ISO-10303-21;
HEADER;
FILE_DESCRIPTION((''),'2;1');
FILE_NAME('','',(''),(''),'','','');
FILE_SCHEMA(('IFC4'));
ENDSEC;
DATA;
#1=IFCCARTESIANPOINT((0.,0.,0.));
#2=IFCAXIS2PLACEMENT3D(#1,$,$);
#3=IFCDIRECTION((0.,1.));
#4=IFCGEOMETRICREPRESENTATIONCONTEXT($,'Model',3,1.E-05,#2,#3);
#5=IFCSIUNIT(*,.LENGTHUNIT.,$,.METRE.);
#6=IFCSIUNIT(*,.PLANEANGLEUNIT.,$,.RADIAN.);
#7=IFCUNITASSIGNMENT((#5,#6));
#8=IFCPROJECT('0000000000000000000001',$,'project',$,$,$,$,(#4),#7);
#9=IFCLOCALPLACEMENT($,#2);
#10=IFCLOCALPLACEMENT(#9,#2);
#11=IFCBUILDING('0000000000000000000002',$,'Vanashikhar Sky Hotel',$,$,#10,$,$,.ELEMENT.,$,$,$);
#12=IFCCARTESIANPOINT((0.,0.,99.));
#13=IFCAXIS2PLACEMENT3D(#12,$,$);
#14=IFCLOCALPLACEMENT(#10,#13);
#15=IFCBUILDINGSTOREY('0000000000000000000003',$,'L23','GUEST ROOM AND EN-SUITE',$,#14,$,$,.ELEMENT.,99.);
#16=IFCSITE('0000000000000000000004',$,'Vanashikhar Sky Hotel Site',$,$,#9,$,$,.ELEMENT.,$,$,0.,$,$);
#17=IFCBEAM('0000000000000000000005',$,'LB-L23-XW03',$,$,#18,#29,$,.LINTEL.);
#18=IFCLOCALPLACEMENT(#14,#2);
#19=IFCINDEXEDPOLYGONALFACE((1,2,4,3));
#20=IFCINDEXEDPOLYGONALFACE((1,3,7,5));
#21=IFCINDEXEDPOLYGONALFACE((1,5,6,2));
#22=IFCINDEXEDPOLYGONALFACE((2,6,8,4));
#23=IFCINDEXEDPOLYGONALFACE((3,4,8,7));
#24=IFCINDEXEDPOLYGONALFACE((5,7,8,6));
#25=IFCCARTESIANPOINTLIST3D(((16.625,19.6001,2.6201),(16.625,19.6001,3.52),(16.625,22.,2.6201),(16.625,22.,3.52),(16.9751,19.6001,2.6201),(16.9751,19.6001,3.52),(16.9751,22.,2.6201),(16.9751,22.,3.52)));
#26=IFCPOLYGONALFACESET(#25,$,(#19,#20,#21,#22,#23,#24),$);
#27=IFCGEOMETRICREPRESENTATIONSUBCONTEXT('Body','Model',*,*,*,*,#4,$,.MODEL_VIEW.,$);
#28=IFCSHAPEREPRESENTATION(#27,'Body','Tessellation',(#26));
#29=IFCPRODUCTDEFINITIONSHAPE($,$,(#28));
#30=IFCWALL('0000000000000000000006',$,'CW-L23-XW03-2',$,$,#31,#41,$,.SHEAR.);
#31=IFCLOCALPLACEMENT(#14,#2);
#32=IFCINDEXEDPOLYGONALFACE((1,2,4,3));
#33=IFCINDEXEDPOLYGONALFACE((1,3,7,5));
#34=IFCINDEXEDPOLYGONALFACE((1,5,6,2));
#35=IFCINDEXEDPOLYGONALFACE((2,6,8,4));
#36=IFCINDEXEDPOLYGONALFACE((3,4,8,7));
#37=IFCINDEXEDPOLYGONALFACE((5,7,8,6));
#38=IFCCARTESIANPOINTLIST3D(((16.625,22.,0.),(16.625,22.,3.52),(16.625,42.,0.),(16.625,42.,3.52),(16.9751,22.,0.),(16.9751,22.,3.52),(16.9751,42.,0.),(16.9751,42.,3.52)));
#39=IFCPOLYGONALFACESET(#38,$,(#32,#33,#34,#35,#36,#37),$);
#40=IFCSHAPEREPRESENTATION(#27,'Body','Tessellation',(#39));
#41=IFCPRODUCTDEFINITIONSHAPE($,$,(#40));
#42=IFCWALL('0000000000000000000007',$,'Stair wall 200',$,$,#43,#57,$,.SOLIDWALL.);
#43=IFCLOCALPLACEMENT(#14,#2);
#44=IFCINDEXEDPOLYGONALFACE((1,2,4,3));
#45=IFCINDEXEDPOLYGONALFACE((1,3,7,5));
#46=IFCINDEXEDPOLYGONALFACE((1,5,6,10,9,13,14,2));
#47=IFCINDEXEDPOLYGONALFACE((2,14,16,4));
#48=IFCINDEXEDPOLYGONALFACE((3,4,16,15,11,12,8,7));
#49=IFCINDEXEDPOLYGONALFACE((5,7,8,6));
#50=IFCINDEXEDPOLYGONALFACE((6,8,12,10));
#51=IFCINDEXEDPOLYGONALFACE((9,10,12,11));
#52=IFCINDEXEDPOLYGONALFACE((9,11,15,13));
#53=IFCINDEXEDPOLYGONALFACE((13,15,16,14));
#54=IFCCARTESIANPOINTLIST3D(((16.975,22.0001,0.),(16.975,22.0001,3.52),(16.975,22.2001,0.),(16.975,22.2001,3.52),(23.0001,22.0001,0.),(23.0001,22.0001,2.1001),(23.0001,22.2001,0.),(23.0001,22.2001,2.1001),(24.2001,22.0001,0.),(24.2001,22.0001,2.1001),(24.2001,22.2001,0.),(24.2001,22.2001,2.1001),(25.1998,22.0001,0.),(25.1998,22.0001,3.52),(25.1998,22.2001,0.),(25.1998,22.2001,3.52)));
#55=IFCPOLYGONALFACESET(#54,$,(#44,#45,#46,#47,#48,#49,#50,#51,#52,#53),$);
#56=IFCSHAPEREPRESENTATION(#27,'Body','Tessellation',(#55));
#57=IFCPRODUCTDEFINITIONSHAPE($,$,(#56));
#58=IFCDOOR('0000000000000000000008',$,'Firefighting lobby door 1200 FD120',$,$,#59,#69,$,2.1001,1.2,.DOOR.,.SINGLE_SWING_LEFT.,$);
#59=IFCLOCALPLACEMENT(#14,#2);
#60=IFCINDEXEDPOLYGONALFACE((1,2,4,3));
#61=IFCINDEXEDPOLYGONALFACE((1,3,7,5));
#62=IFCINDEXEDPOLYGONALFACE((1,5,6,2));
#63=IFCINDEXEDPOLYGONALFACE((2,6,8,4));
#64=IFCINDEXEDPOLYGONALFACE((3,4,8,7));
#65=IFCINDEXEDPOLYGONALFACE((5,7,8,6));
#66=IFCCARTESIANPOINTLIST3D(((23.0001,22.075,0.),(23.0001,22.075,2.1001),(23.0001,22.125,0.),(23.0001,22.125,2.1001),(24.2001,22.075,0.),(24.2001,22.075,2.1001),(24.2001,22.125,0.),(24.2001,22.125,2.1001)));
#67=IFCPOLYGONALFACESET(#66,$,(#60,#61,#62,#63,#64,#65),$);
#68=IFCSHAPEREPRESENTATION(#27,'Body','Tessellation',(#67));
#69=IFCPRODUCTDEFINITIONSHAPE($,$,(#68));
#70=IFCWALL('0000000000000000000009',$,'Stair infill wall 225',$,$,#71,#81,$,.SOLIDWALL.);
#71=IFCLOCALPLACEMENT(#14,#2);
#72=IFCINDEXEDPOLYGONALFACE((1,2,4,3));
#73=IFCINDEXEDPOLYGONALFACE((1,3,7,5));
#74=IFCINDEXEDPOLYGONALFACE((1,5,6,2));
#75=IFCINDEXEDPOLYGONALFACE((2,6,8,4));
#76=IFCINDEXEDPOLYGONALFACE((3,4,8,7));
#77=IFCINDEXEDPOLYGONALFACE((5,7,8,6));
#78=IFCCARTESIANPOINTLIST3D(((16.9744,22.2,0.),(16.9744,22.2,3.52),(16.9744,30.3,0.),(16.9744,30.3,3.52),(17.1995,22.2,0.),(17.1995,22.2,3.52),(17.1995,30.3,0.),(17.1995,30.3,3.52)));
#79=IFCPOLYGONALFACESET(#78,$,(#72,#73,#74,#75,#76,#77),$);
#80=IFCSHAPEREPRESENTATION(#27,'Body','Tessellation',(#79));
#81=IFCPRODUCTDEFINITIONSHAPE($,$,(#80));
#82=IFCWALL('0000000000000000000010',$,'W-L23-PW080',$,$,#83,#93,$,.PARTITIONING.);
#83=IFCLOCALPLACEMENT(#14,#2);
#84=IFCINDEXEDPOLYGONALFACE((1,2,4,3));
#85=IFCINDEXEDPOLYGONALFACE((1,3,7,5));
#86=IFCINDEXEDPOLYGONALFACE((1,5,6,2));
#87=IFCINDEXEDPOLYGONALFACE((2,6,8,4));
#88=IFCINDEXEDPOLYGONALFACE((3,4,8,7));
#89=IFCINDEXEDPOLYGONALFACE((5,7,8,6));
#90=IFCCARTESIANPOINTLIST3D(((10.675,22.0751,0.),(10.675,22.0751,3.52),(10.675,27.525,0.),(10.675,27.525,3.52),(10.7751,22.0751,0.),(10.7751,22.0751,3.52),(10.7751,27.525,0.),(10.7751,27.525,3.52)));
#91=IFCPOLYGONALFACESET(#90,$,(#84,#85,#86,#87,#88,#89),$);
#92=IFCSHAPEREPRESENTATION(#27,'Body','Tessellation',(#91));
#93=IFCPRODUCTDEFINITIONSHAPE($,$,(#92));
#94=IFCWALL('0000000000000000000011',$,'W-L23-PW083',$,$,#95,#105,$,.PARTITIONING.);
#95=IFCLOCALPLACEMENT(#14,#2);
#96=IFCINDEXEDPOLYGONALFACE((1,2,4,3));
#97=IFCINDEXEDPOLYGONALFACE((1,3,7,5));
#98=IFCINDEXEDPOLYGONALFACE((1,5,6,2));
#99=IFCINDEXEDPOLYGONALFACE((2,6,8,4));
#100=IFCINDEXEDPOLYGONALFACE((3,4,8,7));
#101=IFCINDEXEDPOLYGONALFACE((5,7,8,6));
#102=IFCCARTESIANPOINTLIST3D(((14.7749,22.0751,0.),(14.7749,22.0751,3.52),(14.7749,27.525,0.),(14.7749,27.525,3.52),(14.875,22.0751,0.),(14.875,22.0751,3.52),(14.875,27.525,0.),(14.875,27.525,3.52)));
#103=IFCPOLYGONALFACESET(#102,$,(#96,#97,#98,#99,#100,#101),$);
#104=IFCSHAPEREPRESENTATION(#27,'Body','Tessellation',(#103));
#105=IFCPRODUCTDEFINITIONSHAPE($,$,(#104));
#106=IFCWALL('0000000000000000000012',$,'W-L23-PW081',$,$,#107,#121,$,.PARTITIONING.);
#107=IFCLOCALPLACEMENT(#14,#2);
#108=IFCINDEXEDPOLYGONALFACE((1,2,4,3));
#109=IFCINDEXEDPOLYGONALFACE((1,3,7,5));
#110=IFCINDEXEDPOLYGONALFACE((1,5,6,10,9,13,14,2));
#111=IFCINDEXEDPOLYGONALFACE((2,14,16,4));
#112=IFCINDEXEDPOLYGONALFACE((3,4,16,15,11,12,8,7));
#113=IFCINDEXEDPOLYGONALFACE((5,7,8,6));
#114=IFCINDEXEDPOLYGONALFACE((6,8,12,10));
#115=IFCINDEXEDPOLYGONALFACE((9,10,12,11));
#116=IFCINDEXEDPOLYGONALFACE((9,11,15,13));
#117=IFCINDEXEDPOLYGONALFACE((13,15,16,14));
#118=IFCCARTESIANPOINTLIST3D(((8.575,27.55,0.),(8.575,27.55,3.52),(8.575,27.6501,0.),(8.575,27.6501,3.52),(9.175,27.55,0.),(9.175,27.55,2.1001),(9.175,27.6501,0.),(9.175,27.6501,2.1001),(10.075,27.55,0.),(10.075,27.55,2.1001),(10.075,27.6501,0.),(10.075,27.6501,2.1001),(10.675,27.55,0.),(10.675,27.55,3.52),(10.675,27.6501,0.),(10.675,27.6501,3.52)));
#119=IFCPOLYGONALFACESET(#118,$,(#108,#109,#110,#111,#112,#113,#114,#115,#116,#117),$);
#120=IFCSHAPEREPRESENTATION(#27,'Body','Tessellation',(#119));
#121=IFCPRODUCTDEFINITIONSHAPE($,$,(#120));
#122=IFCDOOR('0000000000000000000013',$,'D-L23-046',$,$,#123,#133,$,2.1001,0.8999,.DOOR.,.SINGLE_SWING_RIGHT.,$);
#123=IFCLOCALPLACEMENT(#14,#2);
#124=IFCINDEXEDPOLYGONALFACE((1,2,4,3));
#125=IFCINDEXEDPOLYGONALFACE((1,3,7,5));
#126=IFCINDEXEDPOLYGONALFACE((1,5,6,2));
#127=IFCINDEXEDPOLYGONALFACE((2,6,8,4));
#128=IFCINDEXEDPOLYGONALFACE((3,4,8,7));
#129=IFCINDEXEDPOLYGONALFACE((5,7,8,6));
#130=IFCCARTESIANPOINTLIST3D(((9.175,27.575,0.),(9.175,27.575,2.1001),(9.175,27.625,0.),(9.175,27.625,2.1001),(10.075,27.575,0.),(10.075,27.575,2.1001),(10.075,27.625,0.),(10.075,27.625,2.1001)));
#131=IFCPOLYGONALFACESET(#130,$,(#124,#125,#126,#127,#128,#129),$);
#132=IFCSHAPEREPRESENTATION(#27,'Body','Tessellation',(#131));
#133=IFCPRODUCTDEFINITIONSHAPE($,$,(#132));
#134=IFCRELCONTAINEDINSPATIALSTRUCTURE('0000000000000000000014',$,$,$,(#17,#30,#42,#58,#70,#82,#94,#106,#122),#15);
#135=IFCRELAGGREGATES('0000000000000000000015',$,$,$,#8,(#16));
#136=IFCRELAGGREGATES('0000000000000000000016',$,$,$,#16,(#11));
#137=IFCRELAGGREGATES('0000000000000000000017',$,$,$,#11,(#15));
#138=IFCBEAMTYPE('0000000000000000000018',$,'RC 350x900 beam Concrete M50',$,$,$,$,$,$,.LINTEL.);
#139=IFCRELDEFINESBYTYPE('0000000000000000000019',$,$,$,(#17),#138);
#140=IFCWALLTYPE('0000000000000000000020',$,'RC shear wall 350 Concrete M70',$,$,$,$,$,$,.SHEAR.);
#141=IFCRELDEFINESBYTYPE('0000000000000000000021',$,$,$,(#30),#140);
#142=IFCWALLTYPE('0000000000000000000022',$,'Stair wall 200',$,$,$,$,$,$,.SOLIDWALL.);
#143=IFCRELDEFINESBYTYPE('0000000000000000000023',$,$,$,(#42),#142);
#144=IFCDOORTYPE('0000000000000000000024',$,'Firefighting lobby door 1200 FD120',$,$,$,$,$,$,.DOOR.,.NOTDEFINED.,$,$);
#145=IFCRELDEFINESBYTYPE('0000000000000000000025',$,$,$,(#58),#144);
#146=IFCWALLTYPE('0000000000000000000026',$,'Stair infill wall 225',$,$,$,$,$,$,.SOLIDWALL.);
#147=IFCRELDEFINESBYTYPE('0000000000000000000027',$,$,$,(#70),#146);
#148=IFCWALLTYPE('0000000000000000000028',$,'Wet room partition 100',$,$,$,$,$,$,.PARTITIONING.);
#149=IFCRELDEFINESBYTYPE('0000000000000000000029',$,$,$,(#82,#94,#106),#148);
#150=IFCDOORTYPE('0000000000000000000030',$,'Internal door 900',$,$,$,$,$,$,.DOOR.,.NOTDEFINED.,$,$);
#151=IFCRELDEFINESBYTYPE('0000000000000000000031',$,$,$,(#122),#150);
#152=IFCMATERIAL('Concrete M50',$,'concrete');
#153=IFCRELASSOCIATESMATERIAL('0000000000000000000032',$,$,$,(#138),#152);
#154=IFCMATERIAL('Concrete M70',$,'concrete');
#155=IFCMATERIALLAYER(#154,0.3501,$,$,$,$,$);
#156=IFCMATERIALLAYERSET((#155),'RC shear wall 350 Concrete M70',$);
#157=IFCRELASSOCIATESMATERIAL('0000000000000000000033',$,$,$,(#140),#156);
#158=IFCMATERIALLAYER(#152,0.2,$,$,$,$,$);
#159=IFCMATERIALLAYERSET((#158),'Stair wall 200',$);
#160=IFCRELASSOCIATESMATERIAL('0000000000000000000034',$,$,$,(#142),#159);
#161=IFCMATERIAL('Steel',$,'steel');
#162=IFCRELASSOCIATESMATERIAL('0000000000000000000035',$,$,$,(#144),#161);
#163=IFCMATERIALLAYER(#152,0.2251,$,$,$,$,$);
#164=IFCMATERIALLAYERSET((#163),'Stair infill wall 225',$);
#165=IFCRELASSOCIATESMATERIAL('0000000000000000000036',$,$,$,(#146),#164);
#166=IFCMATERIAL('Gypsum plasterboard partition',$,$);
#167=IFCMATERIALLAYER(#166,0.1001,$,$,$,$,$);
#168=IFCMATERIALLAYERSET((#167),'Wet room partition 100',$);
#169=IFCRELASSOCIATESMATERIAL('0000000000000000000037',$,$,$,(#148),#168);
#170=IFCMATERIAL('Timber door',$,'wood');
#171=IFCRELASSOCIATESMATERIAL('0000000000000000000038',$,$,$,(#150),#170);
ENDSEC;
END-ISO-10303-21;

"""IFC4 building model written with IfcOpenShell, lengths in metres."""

from ifc_helpers import new_model, si_unit, direction, frame, frame_2d, origin, origin_2d, place, context, subcontext, project, spatial, rectangle, extrude, source, transform, mapped, material, layer, layer_set, material_profile, profile_set, type_object, element, fill, save


model = new_model("IFC4")

# Units and contexts
model_context = context("Model", 3, precision=1e-05, world=origin(), true_north=direction((0.0, 1.0)))
body_context = subcontext(model_context, "Body", "Model", "MODEL_VIEW")
ifc_project = project(units=[si_unit("LENGTHUNIT", "METRE"), si_unit("PLANEANGLEUNIT", "RADIAN")], contexts=[model_context])

# Site, building, storey
site_placement = place(None, origin())
site = spatial("IfcSite", under=ifc_project, at=site_placement, Name="Vanashikhar Sky Hotel Site", CompositionType="ELEMENT", RefElevation=0.0)
building_placement = place(site_placement, origin())
building = spatial("IfcBuilding", under=site, at=building_placement, Name="Vanashikhar Sky Hotel", CompositionType="ELEMENT")
storey_placement = place(building_placement, frame((0.0, 0.0, 99.0)))
storey = spatial("IfcBuildingStorey", under=building, at=storey_placement, Name="L23", Description="GUEST ROOM AND EN-SUITE", CompositionType="ELEMENT", Elevation=99.0)

# Beam
ifc_material_1 = material(Name="Concrete M50", Category="concrete")
ifc_material_profile = material_profile(ifc_material_1, rectangle(XDim=0.3501, YDim=0.8999, at=origin_2d()))
ifc_profile_set = profile_set([ifc_material_profile], Name="RC 350x900 beam Concrete M50")
beam_type = type_object("IfcBeamType", Name="RC 350x900 beam Concrete M50", PredefinedType="LINTEL", material=ifc_profile_set)
shared_shape_1 = source(origin(), body_context, "Body", "SweptSolid", [
    extrude(rectangle(XDim=0.3501, YDim=0.8999, at=origin_2d()), origin(), (0.0, 0.0, 1.0), 2.3999),
])
beam_placement = place(storey_placement, frame((16.8, 19.6001, 3.0701), z_axis=(0.0, 1.0, 0.0), x_axis=(-1.0, 0.0, 0.0)))
element("IfcBeam", 1, at=beam_placement, inside=storey, type_object=beam_type, Name="LB-L23-XW03", PredefinedType="LINTEL", context=body_context, shape_type="MappedRepresentation", body=[
    mapped(shared_shape_1, transform((0.0, 0.0, 0.0), scale=1.0)),
])

# Wall
ifc_material_2 = material(Name="Concrete M70", Category="concrete")
ifc_layer_1 = layer(ifc_material_2, 0.3501)
ifc_layer_set_1 = layer_set([ifc_layer_1], Name="RC shear wall 350 Concrete M70")
wall_type_1 = type_object("IfcWallType", Name="RC shear wall 350 Concrete M70", PredefinedType="SHEAR", material=ifc_layer_set_1)
shared_shape_2 = source(origin(), body_context, "Body", "SweptSolid", [
    extrude(rectangle(XDim=20.0, YDim=0.3501, at=frame_2d((10.0, 0.0))), origin(), (0.0, 0.0, 1.0), 3.52),
])
wall_1_placement = place(storey_placement, frame((16.8, 22.0, 0.0), z_axis=(0.0, 0.0, 1.0), x_axis=(0.0, 1.0, 0.0)))
element("IfcWall", 2, at=wall_1_placement, inside=storey, type_object=wall_type_1, Name="CW-L23-XW03-2", PredefinedType="SHEAR", context=body_context, shape_type="MappedRepresentation", body=[
    mapped(shared_shape_2, transform((0.0, 0.0, 0.0), scale=1.0)),
])

# Wall, opening, door
ifc_layer_2 = layer(ifc_material_1, 0.2)
ifc_layer_set_2 = layer_set([ifc_layer_2], Name="Stair wall 200")
wall_type_2 = type_object("IfcWallType", Name="Stair wall 200", PredefinedType="SOLIDWALL", material=ifc_layer_set_2)
shared_shape_3 = source(origin(), body_context, "Body", "SweptSolid", [
    extrude(rectangle(XDim=8.2249, YDim=0.2, at=frame_2d((4.1123, 0.0))), origin(), (0.0, 0.0, 1.0), 3.52),
])
wall_2_placement = place(storey_placement, frame((16.9751, 22.1001, 0.0), z_axis=(0.0, 0.0, 1.0), x_axis=(1.0, 0.0, 0.0)))
wall_2 = element("IfcWall", 3, at=wall_2_placement, inside=storey, type_object=wall_type_2, Name="Stair wall 200", PredefinedType="SOLIDWALL", context=body_context, shape_type="MappedRepresentation", body=[
    mapped(shared_shape_3, transform((0.0, 0.0, 0.0), scale=1.0)),
])
shared_shape_4 = source(origin(), body_context, "Body", "SweptSolid", [
    extrude(rectangle(XDim=1.2, YDim=2.1001, at=frame_2d((0.6001, 1.05))), frame((0.0, 0.1099, 0.0), z_axis=(0.0, -1.0, 0.0), x_axis=(1.0, 0.0, 0.0)), (0.0, 0.0, 1.0), 0.22),
])
opening_1_placement = place(wall_2_placement, frame((6.0249, 0.0, 0.0)))
opening_1 = element("IfcOpeningElement", 4, at=opening_1_placement, cuts=wall_2, PredefinedType="OPENING", context=body_context, shape_type="MappedRepresentation", body=[
    mapped(shared_shape_4, transform((0.0, 0.0, 0.0), scale=1.0)),
])
ifc_material_3 = material(Name="Steel", Category="steel")
door_type_1 = type_object("IfcDoorType", Name="Firefighting lobby door 1200 FD120", OperationType="NOTDEFINED", PredefinedType="DOOR", material=ifc_material_3)
shared_shape_5 = source(origin(), body_context, "Body", "SweptSolid", [
    extrude(rectangle(XDim=1.2, YDim=2.1001, at=frame_2d((0.6001, 1.05))), frame((0.0, 0.0249, 0.0), z_axis=(0.0, -1.0, 0.0), x_axis=(1.0, 0.0, 0.0)), (0.0, 0.0, 1.0), 0.05),
])
door_1_placement = place(opening_1_placement, origin())
door_1 = element("IfcDoor", 5, at=door_1_placement, inside=storey, type_object=door_type_1, Name="Firefighting lobby door 1200 FD120", OperationType="SINGLE_SWING_LEFT", OverallHeight=2.1001, OverallWidth=1.2, PredefinedType="DOOR", context=body_context, shape_type="MappedRepresentation", body=[
    mapped(shared_shape_5, transform((0.0, 0.0, 0.0), scale=1.0)),
])
fill(opening_1, door_1)

# Walls
ifc_layer_3 = layer(ifc_material_1, 0.2251)
ifc_layer_set_3 = layer_set([ifc_layer_3], Name="Stair infill wall 225")
wall_type_3 = type_object("IfcWallType", Name="Stair infill wall 225", PredefinedType="SOLIDWALL", material=ifc_layer_set_3)
shared_shape_6 = source(origin(), body_context, "Body", "SweptSolid", [
    extrude(rectangle(XDim=8.1001, YDim=0.2251, at=frame_2d((4.05, 0.0))), origin(), (0.0, 0.0, 1.0), 3.52),
])
wall_3_placement = place(storey_placement, frame((17.0869, 22.2, 0.0), z_axis=(0.0, 0.0, 1.0), x_axis=(0.0, 1.0, 0.0)))
element("IfcWall", 6, at=wall_3_placement, inside=storey, type_object=wall_type_3, Name="Stair infill wall 225", PredefinedType="SOLIDWALL", context=body_context, shape_type="MappedRepresentation", body=[
    mapped(shared_shape_6, transform((0.0, 0.0, 0.0), scale=1.0)),
])
ifc_material_4 = material(Name="Gypsum plasterboard partition")
ifc_layer_4 = layer(ifc_material_4, 0.1001)
ifc_layer_set_4 = layer_set([ifc_layer_4], Name="Wet room partition 100")
wall_type_4 = type_object("IfcWallType", Name="Wet room partition 100", PredefinedType="PARTITIONING", material=ifc_layer_set_4)
shared_shape_7 = source(origin(), body_context, "Body", "SweptSolid", [
    extrude(rectangle(XDim=5.45, YDim=0.1001, at=frame_2d((2.7251, 0.0))), origin(), (0.0, 0.0, 1.0), 3.52),
])
for number, where, z_axis, x_axis, name in (
    (7, (10.7251, 22.075, 0.0), (0.0, 0.0, 1.0), (0.0, 1.0, 0.0), "W-L23-PW080"),
    (8, (14.825, 22.075, 0.0), (0.0, 0.0, 1.0), (0.0, 1.0, 0.0), "W-L23-PW083"),
):
    element("IfcWall", number, at=place(storey_placement, frame(where, z_axis=z_axis, x_axis=x_axis)), inside=storey, type_object=wall_type_4, Name=name, PredefinedType="PARTITIONING", context=body_context, shape_type="MappedRepresentation", body=[
        mapped(shared_shape_7, transform((0.0, 0.0, 0.0), scale=1.0)),
    ])

# Wall, opening, door
shared_shape_8 = source(origin(), body_context, "Body", "SweptSolid", [
    extrude(rectangle(XDim=2.1001, YDim=0.1001, at=frame_2d((1.05, 0.0))), origin(), (0.0, 0.0, 1.0), 3.52),
])
wall_4_placement = place(storey_placement, frame((8.575, 27.6001, 0.0), z_axis=(0.0, 0.0, 1.0), x_axis=(1.0, 0.0, 0.0)))
wall_4 = element("IfcWall", 9, at=wall_4_placement, inside=storey, type_object=wall_type_4, Name="W-L23-PW081", PredefinedType="PARTITIONING", context=body_context, shape_type="MappedRepresentation", body=[
    mapped(shared_shape_8, transform((0.0, 0.0, 0.0), scale=1.0)),
])
shared_shape_9 = source(origin(), body_context, "Body", "SweptSolid", [
    extrude(rectangle(XDim=0.8999, YDim=2.1001, at=frame_2d((0.45, 1.05))), frame((0.0, 0.0601, 0.0), z_axis=(0.0, -1.0, 0.0), x_axis=(1.0, 0.0, 0.0)), (0.0, 0.0, 1.0), 0.1201),
])
opening_2_placement = place(wall_4_placement, frame((0.6001, 0.0, 0.0)))
opening_2 = element("IfcOpeningElement", 10, at=opening_2_placement, cuts=wall_4, PredefinedType="OPENING", context=body_context, shape_type="MappedRepresentation", body=[
    mapped(shared_shape_9, transform((0.0, 0.0, 0.0), scale=1.0)),
])
ifc_material_5 = material(Name="Timber door", Category="wood")
door_type_2 = type_object("IfcDoorType", Name="Internal door 900", OperationType="NOTDEFINED", PredefinedType="DOOR", material=ifc_material_5)
shared_shape_10 = source(origin(), body_context, "Body", "SweptSolid", [
    extrude(rectangle(XDim=0.8999, YDim=2.1001, at=frame_2d((0.45, 1.05))), frame((0.0, 0.0249, 0.0), z_axis=(0.0, -1.0, 0.0), x_axis=(1.0, 0.0, 0.0)), (0.0, 0.0, 1.0), 0.05),
])
door_2_placement = place(opening_2_placement, origin())
door_2 = element("IfcDoor", 11, at=door_2_placement, inside=storey, type_object=door_type_2, Name="D-L23-046", OperationType="SINGLE_SWING_RIGHT", OverallHeight=2.1001, OverallWidth=0.8999, PredefinedType="DOOR", context=body_context, shape_type="MappedRepresentation", body=[
    mapped(shared_shape_10, transform((0.0, 0.0, 0.0), scale=1.0)),
])
fill(opening_2, door_2)

save(model, "model.ifc")
